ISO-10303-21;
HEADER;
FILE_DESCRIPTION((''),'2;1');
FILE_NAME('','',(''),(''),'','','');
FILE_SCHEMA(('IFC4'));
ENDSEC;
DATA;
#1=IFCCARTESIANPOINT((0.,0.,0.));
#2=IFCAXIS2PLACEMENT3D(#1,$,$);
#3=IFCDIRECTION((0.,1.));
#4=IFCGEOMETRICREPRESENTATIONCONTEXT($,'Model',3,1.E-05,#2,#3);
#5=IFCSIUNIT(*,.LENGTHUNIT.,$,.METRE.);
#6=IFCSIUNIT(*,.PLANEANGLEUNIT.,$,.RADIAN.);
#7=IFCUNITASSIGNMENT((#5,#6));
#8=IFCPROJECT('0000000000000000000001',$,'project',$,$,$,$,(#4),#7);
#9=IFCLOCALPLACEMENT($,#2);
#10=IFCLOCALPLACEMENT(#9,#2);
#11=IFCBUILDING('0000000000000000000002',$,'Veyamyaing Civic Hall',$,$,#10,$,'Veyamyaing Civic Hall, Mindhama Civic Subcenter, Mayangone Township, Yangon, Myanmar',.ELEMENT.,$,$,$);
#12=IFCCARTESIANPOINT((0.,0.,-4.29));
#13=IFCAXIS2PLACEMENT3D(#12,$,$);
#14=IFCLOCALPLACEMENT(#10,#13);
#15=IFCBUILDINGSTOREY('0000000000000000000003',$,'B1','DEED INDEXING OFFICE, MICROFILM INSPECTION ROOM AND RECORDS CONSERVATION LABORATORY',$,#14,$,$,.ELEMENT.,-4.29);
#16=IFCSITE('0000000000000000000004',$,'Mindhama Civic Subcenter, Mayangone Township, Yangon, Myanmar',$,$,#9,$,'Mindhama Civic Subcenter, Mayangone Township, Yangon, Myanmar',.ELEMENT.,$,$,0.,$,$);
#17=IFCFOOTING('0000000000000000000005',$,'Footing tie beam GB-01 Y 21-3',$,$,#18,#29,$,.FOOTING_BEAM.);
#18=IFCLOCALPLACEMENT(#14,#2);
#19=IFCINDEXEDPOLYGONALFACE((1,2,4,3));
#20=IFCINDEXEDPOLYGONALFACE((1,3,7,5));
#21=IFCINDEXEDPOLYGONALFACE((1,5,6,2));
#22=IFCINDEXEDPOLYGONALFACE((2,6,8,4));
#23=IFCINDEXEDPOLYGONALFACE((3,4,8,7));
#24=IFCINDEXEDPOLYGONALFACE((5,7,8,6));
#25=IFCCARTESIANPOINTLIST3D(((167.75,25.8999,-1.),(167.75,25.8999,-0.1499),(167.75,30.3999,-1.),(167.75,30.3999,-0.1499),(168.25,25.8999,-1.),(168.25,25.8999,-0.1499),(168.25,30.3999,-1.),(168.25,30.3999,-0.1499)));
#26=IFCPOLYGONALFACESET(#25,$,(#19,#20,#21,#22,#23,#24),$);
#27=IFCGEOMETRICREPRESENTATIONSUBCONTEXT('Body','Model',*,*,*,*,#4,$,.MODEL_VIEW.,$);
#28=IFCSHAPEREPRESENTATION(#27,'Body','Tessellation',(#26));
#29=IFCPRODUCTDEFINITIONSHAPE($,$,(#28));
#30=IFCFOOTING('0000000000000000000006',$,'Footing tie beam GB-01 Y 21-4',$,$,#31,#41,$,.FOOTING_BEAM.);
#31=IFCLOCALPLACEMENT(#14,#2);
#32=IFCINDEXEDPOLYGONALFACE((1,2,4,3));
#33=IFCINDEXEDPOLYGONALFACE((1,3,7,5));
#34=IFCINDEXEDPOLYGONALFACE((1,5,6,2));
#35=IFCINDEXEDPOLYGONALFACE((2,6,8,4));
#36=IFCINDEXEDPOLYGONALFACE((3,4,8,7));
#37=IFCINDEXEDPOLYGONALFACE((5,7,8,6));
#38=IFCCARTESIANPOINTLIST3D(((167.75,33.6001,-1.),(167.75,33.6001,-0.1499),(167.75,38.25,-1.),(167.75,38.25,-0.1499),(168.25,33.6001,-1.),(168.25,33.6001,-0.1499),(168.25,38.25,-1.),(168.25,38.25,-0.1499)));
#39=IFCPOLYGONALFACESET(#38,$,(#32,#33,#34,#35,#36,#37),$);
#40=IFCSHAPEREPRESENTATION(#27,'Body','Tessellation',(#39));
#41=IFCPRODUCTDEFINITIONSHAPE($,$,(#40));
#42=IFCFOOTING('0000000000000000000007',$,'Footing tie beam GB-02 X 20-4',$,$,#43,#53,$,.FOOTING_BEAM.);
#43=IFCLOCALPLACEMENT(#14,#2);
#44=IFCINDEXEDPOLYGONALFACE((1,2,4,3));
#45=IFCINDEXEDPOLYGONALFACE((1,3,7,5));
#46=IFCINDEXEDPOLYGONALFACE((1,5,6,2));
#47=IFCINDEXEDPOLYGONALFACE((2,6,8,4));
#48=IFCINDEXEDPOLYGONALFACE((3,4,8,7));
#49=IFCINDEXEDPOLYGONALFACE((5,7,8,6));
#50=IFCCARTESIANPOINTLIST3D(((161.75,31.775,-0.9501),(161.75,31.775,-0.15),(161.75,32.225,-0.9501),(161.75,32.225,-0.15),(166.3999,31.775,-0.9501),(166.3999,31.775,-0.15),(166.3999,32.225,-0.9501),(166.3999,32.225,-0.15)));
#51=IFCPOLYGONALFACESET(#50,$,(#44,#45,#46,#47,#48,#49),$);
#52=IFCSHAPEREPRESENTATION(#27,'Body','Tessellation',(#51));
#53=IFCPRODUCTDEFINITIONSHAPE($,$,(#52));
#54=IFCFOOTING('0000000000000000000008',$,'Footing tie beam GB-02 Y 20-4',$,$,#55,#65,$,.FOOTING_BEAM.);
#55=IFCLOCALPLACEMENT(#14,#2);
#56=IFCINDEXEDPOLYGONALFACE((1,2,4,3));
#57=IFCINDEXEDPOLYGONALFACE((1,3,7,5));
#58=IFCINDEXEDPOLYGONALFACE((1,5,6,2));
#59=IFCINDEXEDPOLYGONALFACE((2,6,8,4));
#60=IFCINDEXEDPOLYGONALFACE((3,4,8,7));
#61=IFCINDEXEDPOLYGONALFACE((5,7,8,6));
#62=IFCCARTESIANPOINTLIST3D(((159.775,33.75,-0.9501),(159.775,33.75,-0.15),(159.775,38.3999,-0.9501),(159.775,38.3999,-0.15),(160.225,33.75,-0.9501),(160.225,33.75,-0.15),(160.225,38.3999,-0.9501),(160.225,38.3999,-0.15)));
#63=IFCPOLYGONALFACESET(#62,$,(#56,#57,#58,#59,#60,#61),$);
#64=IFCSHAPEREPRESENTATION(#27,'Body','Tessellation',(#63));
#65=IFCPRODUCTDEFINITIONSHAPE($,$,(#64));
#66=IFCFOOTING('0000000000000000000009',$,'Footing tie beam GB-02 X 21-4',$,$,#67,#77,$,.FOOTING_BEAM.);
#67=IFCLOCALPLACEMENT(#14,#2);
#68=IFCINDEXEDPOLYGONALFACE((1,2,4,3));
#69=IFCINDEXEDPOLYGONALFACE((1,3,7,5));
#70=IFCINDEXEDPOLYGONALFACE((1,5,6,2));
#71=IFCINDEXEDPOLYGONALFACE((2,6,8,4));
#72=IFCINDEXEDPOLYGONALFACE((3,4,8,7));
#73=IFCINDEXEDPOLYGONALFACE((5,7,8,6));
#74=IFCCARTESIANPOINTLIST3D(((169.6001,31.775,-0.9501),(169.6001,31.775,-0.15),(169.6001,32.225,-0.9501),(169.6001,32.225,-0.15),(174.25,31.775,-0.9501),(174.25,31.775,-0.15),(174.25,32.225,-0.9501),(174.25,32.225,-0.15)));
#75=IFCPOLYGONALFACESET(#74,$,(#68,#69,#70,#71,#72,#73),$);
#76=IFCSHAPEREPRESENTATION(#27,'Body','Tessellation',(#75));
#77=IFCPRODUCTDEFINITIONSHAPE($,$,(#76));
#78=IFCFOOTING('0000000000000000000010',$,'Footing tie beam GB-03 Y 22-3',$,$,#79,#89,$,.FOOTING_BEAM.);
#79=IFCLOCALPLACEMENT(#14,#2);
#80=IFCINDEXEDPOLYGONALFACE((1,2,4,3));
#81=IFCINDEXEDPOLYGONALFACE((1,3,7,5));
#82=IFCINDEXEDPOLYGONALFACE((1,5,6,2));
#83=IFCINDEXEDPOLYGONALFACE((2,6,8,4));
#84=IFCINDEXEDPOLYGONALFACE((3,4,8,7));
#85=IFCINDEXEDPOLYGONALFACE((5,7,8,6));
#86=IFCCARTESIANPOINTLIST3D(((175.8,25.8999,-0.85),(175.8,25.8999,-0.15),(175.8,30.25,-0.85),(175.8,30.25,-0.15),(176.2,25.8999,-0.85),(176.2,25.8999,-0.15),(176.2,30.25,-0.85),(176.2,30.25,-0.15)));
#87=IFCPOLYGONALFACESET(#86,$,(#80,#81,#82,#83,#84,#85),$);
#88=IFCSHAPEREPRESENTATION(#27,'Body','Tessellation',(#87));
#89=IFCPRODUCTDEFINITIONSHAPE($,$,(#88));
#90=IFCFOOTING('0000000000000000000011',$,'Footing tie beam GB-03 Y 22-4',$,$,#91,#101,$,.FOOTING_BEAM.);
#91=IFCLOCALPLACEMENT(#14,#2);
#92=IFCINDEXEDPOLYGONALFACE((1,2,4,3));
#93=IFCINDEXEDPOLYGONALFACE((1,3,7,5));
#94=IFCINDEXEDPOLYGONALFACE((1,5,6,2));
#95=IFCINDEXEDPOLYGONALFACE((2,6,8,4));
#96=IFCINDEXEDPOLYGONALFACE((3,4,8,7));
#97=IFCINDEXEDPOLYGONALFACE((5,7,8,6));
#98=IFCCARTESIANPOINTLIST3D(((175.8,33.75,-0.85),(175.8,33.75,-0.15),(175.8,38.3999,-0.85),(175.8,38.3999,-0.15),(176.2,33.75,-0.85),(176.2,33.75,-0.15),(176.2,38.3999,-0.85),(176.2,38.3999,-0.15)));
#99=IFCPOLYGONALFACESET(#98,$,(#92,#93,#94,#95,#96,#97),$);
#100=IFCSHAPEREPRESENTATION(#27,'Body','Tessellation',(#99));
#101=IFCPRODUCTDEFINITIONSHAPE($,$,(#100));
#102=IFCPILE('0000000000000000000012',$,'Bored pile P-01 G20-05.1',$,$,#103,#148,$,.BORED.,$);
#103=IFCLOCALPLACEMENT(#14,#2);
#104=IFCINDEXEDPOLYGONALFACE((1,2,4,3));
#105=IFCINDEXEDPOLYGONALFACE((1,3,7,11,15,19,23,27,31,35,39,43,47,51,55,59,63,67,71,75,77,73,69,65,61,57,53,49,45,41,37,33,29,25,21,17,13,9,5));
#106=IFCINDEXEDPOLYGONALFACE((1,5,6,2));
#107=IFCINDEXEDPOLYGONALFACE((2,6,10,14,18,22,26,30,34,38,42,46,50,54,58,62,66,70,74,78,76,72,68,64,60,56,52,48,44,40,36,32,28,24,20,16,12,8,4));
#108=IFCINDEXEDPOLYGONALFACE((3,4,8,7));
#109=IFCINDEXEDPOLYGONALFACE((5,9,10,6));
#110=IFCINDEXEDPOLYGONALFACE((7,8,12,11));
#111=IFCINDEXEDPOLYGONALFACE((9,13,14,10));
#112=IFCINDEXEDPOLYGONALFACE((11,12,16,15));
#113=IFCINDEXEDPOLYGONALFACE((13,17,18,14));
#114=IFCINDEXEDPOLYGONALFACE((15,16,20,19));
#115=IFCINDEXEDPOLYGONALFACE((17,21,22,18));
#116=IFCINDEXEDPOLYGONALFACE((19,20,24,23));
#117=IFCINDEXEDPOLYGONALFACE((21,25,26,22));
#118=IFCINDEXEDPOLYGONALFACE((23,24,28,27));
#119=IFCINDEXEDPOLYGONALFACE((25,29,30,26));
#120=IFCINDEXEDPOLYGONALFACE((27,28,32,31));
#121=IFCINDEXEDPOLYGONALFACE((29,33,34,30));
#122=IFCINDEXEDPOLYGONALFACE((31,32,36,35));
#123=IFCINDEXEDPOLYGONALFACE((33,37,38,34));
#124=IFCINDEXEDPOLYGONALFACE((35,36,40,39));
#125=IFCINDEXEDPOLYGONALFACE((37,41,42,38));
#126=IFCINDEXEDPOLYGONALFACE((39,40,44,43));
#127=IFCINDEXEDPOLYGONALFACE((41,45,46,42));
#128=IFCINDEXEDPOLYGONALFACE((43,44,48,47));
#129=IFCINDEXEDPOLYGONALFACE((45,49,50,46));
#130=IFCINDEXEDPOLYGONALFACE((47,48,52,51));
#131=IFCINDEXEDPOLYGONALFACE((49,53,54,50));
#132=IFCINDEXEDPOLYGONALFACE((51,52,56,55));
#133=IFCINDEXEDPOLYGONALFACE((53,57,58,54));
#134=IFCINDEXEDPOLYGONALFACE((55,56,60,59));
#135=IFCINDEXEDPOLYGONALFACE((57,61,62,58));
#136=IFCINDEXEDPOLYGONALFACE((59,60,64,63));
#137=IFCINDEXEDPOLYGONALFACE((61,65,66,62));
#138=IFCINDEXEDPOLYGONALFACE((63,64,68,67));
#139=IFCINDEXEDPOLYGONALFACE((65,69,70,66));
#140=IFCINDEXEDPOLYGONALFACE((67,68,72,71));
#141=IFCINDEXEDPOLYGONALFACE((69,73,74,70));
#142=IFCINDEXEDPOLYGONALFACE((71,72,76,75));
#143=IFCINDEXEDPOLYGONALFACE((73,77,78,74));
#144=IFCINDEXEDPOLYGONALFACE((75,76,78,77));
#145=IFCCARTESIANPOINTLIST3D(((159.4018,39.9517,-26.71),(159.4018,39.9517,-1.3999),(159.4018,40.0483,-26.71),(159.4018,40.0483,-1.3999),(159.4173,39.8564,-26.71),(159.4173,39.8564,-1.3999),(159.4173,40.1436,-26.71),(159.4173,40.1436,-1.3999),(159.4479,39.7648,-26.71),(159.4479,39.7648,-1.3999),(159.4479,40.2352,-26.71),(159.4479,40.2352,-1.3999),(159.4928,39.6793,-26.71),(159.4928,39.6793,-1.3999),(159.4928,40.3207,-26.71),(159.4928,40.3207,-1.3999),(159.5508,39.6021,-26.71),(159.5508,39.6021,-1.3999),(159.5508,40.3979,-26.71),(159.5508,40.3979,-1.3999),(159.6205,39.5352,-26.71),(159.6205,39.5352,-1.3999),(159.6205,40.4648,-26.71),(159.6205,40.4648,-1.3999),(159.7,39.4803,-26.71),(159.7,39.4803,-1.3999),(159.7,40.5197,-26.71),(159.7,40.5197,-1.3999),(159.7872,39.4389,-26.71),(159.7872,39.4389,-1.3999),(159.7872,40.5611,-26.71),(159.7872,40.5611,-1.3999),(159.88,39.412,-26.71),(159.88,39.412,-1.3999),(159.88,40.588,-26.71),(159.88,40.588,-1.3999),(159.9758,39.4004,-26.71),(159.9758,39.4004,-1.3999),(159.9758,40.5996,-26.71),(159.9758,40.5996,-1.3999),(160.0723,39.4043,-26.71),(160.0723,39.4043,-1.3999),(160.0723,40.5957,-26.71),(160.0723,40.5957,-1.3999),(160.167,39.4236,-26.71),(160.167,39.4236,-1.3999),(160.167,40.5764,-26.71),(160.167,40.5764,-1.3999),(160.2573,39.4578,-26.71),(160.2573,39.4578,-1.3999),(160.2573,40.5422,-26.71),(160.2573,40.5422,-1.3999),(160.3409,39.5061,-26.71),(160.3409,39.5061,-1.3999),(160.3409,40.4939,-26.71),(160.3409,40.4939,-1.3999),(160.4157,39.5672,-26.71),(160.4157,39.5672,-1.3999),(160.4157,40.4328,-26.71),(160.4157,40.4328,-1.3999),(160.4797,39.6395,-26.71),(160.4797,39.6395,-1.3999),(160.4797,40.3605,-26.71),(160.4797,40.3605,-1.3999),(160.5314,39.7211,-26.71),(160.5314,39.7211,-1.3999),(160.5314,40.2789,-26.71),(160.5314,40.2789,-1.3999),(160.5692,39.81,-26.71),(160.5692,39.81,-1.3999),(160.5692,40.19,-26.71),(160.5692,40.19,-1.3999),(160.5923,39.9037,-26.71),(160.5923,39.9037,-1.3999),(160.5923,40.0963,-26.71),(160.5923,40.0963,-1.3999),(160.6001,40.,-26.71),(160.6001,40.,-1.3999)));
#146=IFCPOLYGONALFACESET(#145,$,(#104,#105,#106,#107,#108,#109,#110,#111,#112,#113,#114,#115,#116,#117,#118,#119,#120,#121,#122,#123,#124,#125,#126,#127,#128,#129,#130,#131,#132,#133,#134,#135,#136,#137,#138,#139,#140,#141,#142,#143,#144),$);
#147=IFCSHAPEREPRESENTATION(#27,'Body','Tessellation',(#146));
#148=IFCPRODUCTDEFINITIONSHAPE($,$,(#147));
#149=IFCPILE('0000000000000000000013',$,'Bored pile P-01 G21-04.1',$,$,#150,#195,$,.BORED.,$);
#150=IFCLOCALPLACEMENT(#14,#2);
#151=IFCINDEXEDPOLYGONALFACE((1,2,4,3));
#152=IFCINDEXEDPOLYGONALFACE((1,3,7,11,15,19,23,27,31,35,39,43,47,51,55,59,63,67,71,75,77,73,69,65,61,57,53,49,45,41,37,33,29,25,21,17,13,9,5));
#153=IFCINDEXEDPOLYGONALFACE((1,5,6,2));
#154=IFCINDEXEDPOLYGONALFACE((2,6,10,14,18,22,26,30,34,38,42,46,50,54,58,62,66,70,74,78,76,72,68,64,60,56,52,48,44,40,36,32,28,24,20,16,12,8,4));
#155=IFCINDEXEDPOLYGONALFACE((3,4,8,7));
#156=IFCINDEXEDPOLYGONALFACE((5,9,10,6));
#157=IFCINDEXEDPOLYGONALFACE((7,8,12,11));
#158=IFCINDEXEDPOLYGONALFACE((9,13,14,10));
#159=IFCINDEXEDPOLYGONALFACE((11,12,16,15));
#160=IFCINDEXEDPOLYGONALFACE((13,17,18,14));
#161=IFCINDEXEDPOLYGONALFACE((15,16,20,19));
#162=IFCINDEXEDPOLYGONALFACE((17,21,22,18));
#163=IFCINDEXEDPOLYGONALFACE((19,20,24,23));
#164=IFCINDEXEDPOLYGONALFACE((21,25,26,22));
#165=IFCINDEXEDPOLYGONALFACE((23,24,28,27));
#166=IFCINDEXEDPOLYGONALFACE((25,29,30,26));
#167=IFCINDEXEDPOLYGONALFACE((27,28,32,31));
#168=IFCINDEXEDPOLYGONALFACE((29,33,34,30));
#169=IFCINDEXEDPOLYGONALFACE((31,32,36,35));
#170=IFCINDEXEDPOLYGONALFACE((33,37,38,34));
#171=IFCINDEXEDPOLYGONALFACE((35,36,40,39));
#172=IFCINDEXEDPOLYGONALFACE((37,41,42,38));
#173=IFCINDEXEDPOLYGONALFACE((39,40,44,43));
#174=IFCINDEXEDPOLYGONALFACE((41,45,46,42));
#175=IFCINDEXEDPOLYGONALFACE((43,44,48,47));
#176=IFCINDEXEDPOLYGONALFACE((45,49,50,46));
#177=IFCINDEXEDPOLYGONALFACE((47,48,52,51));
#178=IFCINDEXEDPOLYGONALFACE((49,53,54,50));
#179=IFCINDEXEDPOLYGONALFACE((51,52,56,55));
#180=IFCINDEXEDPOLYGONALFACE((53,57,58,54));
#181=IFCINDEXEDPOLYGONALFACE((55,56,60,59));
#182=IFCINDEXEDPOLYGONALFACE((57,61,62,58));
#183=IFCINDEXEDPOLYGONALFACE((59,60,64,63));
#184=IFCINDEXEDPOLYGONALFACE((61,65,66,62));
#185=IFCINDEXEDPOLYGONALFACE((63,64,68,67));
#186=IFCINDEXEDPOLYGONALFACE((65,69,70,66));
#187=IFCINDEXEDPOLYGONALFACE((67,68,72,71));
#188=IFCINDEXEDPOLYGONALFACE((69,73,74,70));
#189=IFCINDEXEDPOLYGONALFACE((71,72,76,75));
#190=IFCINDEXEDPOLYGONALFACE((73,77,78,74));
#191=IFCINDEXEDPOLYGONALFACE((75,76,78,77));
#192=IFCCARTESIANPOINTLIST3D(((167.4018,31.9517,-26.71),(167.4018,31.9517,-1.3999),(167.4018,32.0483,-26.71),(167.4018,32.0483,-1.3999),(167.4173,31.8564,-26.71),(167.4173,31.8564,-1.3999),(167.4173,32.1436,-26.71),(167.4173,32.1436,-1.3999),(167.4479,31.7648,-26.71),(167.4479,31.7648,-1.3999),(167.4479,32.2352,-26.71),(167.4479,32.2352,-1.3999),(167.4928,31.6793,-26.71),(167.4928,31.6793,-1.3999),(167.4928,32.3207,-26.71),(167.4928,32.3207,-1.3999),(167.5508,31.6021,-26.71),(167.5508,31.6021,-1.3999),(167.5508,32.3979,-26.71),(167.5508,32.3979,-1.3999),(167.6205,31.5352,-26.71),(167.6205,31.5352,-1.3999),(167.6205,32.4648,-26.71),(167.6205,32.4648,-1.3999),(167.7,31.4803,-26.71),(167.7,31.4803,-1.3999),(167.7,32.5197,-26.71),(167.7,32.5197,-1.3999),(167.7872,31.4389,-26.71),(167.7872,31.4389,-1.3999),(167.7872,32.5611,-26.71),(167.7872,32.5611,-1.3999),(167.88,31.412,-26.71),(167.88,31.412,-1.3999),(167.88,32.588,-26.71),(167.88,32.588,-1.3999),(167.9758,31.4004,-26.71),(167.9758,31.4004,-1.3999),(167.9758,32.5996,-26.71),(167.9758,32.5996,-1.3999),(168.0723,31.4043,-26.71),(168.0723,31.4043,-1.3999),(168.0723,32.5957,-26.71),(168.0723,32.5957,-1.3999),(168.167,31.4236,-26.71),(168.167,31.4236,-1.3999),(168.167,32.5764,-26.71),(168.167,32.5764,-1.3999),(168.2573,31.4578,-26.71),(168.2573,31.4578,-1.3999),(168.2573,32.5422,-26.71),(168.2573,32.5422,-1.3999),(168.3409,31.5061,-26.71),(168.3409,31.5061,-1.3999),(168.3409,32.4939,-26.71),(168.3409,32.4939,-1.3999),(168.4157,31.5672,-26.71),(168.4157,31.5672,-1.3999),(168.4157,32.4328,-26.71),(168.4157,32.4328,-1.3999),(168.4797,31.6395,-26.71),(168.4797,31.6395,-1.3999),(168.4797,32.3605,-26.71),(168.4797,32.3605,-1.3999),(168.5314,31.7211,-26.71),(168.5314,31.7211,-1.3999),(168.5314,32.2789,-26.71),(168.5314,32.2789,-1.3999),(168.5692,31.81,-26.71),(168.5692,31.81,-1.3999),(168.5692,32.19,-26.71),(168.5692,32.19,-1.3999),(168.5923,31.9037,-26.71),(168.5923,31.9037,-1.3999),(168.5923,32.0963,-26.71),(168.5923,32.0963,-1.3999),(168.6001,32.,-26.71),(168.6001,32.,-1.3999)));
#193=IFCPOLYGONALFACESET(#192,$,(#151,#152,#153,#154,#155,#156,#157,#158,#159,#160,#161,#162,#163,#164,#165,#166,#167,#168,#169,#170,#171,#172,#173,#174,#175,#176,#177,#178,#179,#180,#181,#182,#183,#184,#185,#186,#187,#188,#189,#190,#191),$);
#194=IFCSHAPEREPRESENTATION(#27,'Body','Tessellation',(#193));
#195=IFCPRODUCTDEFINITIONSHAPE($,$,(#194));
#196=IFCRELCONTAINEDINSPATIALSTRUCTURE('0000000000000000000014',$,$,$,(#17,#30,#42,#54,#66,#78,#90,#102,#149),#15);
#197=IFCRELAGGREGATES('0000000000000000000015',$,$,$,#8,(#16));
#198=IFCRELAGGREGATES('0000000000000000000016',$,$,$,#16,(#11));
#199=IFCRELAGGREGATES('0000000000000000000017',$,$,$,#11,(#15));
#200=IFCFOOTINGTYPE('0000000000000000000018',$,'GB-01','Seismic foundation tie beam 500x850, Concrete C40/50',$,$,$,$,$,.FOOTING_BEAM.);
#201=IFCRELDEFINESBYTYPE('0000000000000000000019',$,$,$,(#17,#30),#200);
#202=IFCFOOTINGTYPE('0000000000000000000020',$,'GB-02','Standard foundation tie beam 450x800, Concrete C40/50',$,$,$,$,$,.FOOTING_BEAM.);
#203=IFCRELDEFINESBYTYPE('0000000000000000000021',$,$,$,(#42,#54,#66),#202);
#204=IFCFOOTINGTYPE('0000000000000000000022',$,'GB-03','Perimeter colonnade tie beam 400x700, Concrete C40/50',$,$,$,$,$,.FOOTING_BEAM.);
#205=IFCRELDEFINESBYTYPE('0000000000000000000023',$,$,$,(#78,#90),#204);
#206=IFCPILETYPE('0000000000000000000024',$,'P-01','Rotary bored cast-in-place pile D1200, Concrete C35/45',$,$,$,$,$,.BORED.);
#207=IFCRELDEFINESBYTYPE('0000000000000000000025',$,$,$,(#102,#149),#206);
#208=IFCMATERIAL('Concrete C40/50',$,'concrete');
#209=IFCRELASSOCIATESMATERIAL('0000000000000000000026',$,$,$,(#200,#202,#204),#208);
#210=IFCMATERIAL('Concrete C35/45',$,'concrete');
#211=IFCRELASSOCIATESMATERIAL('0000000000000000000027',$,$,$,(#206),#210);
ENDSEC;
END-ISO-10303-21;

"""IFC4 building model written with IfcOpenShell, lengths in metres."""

from ifc_helpers import new_model, si_unit, direction, frame, origin, origin_2d, place, context, subcontext, project, spatial, rectangle, circle, extrude, material, material_profile, profile_set, type_object, element, save


model = new_model("IFC4")

# Units and contexts
model_context = context("Model", 3, precision=1e-05, world=origin(), true_north=direction((0.0, 1.0)))
body_context = subcontext(model_context, "Body", "Model", "MODEL_VIEW")
ifc_project = project(units=[si_unit("LENGTHUNIT", "METRE"), si_unit("PLANEANGLEUNIT", "RADIAN")], contexts=[model_context])

# Site, building, storey
site_placement = place(None, origin())
site = spatial("IfcSite", under=ifc_project, at=site_placement, Name="Mindhama Civic Subcenter, Mayangone Township, Yangon, Myanmar", LongName="Mindhama Civic Subcenter, Mayangone Township, Yangon, Myanmar", CompositionType="ELEMENT", RefElevation=0.0)
building_placement = place(site_placement, origin())
building = spatial("IfcBuilding", under=site, at=building_placement, Name="Veyamyaing Civic Hall", LongName="Veyamyaing Civic Hall, Mindhama Civic Subcenter, Mayangone Township, Yangon, Myanmar", CompositionType="ELEMENT")
storey_placement = place(building_placement, frame((0.0, 0.0, -4.29)))
storey = spatial("IfcBuildingStorey", under=building, at=storey_placement, Name="B1", Description="DEED INDEXING OFFICE, MICROFILM INSPECTION ROOM AND RECORDS CONSERVATION LABORATORY", CompositionType="ELEMENT", Elevation=-4.29)

# Footings
ifc_material_1 = material(Name="Concrete C40/50", Category="concrete")
ifc_material_profile_1 = material_profile(ifc_material_1, rectangle(XDim=0.5, YDim=0.8501, at=origin_2d()), Name="GB-500X850")
ifc_profile_set_1 = profile_set([ifc_material_profile_1], Name="Concrete C40/50")
footing_type_1 = type_object("IfcFootingType", Name="GB-01", Description="Seismic foundation tie beam 500x850, Concrete C40/50", PredefinedType="FOOTING_BEAM", material=ifc_profile_set_1)
footing_1_placement = place(storey_placement, frame((168.0, 25.8999, -0.575), z_axis=(0.0, 1.0, 0.0), x_axis=(-1.0, 0.0, 0.0)))
element("IfcFooting", 1, at=footing_1_placement, inside=storey, type_object=footing_type_1, Name="Footing tie beam GB-01 Y 21-3", PredefinedType="FOOTING_BEAM", context=body_context, shape_type="SweptSolid", body=[
    extrude(rectangle(XDim=0.5, YDim=0.8501, at=origin_2d()), origin(), (0.0, 0.0, 1.0), 4.5),
])
footing_2_placement = place(storey_placement, frame((168.0, 33.6001, -0.575), z_axis=(0.0, 1.0, 0.0), x_axis=(-1.0, 0.0, 0.0)))
element("IfcFooting", 2, at=footing_2_placement, inside=storey, type_object=footing_type_1, Name="Footing tie beam GB-01 Y 21-4", PredefinedType="FOOTING_BEAM", context=body_context, shape_type="SweptSolid", body=[
    extrude(rectangle(XDim=0.5, YDim=0.8501, at=origin_2d()), origin(), (0.0, 0.0, 1.0), 4.6499),
])
ifc_material_profile_2 = material_profile(ifc_material_1, rectangle(XDim=0.45, YDim=0.8, at=origin_2d()), Name="GB-450X800")
ifc_profile_set_2 = profile_set([ifc_material_profile_2], Name="Concrete C40/50")
footing_type_2 = type_object("IfcFootingType", Name="GB-02", Description="Standard foundation tie beam 450x800, Concrete C40/50", PredefinedType="FOOTING_BEAM", material=ifc_profile_set_2)
for number, where, z_axis, x_axis, name in (
    (3, (161.75, 32.0, -0.55), (1.0, 0.0, 0.0), (0.0, 1.0, 0.0), "Footing tie beam GB-02 X 20-4"),
    (4, (160.0, 33.75, -0.55), (0.0, 1.0, 0.0), (-1.0, 0.0, 0.0), "Footing tie beam GB-02 Y 20-4"),
    (5, (169.6001, 32.0, -0.55), (1.0, 0.0, 0.0), (0.0, 1.0, 0.0), "Footing tie beam GB-02 X 21-4"),
):
    element("IfcFooting", number, at=place(storey_placement, frame(where, z_axis=z_axis, x_axis=x_axis)), inside=storey, type_object=footing_type_2, Name=name, PredefinedType="FOOTING_BEAM", context=body_context, shape_type="SweptSolid", body=[
        extrude(rectangle(XDim=0.45, YDim=0.8, at=origin_2d()), origin(), (0.0, 0.0, 1.0), 4.6499),
    ])
ifc_material_profile_3 = material_profile(ifc_material_1, rectangle(XDim=0.3999, YDim=0.7, at=origin_2d()), Name="GB-400X700")
ifc_profile_set_3 = profile_set([ifc_material_profile_3], Name="Concrete C40/50")
footing_type_3 = type_object("IfcFootingType", Name="GB-03", Description="Perimeter colonnade tie beam 400x700, Concrete C40/50", PredefinedType="FOOTING_BEAM", material=ifc_profile_set_3)
footing_3_placement = place(storey_placement, frame((176.0, 25.8999, -0.5), z_axis=(0.0, 1.0, 0.0), x_axis=(-1.0, 0.0, 0.0)))
element("IfcFooting", 6, at=footing_3_placement, inside=storey, type_object=footing_type_3, Name="Footing tie beam GB-03 Y 22-3", PredefinedType="FOOTING_BEAM", context=body_context, shape_type="SweptSolid", body=[
    extrude(rectangle(XDim=0.3999, YDim=0.7, at=origin_2d()), origin(), (0.0, 0.0, 1.0), 4.3501),
])
footing_4_placement = place(storey_placement, frame((176.0, 33.75, -0.5), z_axis=(0.0, 1.0, 0.0), x_axis=(-1.0, 0.0, 0.0)))
element("IfcFooting", 7, at=footing_4_placement, inside=storey, type_object=footing_type_3, Name="Footing tie beam GB-03 Y 22-4", PredefinedType="FOOTING_BEAM", context=body_context, shape_type="SweptSolid", body=[
    extrude(rectangle(XDim=0.3999, YDim=0.7, at=origin_2d()), origin(), (0.0, 0.0, 1.0), 4.6499),
])

# Piles
ifc_material_2 = material(Name="Concrete C35/45", Category="concrete")
ifc_material_profile_4 = material_profile(ifc_material_2, circle(Radius=0.6001, at=origin_2d()), Name="PILE-D1200")
ifc_profile_set_4 = profile_set([ifc_material_profile_4], Name="Concrete C35/45")
pile_type_1 = type_object("IfcPileType", Name="P-01", Description="Rotary bored cast-in-place pile D1200, Concrete C35/45", PredefinedType="BORED", material=ifc_profile_set_4)
for number, where, z_axis, x_axis, name in (
    (8, (160.0, 40.0, -1.3999), (0.0, 0.0, -1.0), (1.0, 0.0, 0.0), "Bored pile P-01 G20-05.1"),
    (9, (168.0, 32.0, -1.3999), (0.0, 0.0, -1.0), (1.0, 0.0, 0.0), "Bored pile P-01 G21-04.1"),
):
    element("IfcPile", number, at=place(storey_placement, frame(where, z_axis=z_axis, x_axis=x_axis)), inside=storey, type_object=pile_type_1, Name=name, PredefinedType="BORED", context=body_context, shape_type="SweptSolid", body=[
        extrude(circle(Radius=0.6001, at=origin_2d()), origin(), (0.0, 0.0, 1.0), 25.3101),
    ])

save(model, "model.ifc")
